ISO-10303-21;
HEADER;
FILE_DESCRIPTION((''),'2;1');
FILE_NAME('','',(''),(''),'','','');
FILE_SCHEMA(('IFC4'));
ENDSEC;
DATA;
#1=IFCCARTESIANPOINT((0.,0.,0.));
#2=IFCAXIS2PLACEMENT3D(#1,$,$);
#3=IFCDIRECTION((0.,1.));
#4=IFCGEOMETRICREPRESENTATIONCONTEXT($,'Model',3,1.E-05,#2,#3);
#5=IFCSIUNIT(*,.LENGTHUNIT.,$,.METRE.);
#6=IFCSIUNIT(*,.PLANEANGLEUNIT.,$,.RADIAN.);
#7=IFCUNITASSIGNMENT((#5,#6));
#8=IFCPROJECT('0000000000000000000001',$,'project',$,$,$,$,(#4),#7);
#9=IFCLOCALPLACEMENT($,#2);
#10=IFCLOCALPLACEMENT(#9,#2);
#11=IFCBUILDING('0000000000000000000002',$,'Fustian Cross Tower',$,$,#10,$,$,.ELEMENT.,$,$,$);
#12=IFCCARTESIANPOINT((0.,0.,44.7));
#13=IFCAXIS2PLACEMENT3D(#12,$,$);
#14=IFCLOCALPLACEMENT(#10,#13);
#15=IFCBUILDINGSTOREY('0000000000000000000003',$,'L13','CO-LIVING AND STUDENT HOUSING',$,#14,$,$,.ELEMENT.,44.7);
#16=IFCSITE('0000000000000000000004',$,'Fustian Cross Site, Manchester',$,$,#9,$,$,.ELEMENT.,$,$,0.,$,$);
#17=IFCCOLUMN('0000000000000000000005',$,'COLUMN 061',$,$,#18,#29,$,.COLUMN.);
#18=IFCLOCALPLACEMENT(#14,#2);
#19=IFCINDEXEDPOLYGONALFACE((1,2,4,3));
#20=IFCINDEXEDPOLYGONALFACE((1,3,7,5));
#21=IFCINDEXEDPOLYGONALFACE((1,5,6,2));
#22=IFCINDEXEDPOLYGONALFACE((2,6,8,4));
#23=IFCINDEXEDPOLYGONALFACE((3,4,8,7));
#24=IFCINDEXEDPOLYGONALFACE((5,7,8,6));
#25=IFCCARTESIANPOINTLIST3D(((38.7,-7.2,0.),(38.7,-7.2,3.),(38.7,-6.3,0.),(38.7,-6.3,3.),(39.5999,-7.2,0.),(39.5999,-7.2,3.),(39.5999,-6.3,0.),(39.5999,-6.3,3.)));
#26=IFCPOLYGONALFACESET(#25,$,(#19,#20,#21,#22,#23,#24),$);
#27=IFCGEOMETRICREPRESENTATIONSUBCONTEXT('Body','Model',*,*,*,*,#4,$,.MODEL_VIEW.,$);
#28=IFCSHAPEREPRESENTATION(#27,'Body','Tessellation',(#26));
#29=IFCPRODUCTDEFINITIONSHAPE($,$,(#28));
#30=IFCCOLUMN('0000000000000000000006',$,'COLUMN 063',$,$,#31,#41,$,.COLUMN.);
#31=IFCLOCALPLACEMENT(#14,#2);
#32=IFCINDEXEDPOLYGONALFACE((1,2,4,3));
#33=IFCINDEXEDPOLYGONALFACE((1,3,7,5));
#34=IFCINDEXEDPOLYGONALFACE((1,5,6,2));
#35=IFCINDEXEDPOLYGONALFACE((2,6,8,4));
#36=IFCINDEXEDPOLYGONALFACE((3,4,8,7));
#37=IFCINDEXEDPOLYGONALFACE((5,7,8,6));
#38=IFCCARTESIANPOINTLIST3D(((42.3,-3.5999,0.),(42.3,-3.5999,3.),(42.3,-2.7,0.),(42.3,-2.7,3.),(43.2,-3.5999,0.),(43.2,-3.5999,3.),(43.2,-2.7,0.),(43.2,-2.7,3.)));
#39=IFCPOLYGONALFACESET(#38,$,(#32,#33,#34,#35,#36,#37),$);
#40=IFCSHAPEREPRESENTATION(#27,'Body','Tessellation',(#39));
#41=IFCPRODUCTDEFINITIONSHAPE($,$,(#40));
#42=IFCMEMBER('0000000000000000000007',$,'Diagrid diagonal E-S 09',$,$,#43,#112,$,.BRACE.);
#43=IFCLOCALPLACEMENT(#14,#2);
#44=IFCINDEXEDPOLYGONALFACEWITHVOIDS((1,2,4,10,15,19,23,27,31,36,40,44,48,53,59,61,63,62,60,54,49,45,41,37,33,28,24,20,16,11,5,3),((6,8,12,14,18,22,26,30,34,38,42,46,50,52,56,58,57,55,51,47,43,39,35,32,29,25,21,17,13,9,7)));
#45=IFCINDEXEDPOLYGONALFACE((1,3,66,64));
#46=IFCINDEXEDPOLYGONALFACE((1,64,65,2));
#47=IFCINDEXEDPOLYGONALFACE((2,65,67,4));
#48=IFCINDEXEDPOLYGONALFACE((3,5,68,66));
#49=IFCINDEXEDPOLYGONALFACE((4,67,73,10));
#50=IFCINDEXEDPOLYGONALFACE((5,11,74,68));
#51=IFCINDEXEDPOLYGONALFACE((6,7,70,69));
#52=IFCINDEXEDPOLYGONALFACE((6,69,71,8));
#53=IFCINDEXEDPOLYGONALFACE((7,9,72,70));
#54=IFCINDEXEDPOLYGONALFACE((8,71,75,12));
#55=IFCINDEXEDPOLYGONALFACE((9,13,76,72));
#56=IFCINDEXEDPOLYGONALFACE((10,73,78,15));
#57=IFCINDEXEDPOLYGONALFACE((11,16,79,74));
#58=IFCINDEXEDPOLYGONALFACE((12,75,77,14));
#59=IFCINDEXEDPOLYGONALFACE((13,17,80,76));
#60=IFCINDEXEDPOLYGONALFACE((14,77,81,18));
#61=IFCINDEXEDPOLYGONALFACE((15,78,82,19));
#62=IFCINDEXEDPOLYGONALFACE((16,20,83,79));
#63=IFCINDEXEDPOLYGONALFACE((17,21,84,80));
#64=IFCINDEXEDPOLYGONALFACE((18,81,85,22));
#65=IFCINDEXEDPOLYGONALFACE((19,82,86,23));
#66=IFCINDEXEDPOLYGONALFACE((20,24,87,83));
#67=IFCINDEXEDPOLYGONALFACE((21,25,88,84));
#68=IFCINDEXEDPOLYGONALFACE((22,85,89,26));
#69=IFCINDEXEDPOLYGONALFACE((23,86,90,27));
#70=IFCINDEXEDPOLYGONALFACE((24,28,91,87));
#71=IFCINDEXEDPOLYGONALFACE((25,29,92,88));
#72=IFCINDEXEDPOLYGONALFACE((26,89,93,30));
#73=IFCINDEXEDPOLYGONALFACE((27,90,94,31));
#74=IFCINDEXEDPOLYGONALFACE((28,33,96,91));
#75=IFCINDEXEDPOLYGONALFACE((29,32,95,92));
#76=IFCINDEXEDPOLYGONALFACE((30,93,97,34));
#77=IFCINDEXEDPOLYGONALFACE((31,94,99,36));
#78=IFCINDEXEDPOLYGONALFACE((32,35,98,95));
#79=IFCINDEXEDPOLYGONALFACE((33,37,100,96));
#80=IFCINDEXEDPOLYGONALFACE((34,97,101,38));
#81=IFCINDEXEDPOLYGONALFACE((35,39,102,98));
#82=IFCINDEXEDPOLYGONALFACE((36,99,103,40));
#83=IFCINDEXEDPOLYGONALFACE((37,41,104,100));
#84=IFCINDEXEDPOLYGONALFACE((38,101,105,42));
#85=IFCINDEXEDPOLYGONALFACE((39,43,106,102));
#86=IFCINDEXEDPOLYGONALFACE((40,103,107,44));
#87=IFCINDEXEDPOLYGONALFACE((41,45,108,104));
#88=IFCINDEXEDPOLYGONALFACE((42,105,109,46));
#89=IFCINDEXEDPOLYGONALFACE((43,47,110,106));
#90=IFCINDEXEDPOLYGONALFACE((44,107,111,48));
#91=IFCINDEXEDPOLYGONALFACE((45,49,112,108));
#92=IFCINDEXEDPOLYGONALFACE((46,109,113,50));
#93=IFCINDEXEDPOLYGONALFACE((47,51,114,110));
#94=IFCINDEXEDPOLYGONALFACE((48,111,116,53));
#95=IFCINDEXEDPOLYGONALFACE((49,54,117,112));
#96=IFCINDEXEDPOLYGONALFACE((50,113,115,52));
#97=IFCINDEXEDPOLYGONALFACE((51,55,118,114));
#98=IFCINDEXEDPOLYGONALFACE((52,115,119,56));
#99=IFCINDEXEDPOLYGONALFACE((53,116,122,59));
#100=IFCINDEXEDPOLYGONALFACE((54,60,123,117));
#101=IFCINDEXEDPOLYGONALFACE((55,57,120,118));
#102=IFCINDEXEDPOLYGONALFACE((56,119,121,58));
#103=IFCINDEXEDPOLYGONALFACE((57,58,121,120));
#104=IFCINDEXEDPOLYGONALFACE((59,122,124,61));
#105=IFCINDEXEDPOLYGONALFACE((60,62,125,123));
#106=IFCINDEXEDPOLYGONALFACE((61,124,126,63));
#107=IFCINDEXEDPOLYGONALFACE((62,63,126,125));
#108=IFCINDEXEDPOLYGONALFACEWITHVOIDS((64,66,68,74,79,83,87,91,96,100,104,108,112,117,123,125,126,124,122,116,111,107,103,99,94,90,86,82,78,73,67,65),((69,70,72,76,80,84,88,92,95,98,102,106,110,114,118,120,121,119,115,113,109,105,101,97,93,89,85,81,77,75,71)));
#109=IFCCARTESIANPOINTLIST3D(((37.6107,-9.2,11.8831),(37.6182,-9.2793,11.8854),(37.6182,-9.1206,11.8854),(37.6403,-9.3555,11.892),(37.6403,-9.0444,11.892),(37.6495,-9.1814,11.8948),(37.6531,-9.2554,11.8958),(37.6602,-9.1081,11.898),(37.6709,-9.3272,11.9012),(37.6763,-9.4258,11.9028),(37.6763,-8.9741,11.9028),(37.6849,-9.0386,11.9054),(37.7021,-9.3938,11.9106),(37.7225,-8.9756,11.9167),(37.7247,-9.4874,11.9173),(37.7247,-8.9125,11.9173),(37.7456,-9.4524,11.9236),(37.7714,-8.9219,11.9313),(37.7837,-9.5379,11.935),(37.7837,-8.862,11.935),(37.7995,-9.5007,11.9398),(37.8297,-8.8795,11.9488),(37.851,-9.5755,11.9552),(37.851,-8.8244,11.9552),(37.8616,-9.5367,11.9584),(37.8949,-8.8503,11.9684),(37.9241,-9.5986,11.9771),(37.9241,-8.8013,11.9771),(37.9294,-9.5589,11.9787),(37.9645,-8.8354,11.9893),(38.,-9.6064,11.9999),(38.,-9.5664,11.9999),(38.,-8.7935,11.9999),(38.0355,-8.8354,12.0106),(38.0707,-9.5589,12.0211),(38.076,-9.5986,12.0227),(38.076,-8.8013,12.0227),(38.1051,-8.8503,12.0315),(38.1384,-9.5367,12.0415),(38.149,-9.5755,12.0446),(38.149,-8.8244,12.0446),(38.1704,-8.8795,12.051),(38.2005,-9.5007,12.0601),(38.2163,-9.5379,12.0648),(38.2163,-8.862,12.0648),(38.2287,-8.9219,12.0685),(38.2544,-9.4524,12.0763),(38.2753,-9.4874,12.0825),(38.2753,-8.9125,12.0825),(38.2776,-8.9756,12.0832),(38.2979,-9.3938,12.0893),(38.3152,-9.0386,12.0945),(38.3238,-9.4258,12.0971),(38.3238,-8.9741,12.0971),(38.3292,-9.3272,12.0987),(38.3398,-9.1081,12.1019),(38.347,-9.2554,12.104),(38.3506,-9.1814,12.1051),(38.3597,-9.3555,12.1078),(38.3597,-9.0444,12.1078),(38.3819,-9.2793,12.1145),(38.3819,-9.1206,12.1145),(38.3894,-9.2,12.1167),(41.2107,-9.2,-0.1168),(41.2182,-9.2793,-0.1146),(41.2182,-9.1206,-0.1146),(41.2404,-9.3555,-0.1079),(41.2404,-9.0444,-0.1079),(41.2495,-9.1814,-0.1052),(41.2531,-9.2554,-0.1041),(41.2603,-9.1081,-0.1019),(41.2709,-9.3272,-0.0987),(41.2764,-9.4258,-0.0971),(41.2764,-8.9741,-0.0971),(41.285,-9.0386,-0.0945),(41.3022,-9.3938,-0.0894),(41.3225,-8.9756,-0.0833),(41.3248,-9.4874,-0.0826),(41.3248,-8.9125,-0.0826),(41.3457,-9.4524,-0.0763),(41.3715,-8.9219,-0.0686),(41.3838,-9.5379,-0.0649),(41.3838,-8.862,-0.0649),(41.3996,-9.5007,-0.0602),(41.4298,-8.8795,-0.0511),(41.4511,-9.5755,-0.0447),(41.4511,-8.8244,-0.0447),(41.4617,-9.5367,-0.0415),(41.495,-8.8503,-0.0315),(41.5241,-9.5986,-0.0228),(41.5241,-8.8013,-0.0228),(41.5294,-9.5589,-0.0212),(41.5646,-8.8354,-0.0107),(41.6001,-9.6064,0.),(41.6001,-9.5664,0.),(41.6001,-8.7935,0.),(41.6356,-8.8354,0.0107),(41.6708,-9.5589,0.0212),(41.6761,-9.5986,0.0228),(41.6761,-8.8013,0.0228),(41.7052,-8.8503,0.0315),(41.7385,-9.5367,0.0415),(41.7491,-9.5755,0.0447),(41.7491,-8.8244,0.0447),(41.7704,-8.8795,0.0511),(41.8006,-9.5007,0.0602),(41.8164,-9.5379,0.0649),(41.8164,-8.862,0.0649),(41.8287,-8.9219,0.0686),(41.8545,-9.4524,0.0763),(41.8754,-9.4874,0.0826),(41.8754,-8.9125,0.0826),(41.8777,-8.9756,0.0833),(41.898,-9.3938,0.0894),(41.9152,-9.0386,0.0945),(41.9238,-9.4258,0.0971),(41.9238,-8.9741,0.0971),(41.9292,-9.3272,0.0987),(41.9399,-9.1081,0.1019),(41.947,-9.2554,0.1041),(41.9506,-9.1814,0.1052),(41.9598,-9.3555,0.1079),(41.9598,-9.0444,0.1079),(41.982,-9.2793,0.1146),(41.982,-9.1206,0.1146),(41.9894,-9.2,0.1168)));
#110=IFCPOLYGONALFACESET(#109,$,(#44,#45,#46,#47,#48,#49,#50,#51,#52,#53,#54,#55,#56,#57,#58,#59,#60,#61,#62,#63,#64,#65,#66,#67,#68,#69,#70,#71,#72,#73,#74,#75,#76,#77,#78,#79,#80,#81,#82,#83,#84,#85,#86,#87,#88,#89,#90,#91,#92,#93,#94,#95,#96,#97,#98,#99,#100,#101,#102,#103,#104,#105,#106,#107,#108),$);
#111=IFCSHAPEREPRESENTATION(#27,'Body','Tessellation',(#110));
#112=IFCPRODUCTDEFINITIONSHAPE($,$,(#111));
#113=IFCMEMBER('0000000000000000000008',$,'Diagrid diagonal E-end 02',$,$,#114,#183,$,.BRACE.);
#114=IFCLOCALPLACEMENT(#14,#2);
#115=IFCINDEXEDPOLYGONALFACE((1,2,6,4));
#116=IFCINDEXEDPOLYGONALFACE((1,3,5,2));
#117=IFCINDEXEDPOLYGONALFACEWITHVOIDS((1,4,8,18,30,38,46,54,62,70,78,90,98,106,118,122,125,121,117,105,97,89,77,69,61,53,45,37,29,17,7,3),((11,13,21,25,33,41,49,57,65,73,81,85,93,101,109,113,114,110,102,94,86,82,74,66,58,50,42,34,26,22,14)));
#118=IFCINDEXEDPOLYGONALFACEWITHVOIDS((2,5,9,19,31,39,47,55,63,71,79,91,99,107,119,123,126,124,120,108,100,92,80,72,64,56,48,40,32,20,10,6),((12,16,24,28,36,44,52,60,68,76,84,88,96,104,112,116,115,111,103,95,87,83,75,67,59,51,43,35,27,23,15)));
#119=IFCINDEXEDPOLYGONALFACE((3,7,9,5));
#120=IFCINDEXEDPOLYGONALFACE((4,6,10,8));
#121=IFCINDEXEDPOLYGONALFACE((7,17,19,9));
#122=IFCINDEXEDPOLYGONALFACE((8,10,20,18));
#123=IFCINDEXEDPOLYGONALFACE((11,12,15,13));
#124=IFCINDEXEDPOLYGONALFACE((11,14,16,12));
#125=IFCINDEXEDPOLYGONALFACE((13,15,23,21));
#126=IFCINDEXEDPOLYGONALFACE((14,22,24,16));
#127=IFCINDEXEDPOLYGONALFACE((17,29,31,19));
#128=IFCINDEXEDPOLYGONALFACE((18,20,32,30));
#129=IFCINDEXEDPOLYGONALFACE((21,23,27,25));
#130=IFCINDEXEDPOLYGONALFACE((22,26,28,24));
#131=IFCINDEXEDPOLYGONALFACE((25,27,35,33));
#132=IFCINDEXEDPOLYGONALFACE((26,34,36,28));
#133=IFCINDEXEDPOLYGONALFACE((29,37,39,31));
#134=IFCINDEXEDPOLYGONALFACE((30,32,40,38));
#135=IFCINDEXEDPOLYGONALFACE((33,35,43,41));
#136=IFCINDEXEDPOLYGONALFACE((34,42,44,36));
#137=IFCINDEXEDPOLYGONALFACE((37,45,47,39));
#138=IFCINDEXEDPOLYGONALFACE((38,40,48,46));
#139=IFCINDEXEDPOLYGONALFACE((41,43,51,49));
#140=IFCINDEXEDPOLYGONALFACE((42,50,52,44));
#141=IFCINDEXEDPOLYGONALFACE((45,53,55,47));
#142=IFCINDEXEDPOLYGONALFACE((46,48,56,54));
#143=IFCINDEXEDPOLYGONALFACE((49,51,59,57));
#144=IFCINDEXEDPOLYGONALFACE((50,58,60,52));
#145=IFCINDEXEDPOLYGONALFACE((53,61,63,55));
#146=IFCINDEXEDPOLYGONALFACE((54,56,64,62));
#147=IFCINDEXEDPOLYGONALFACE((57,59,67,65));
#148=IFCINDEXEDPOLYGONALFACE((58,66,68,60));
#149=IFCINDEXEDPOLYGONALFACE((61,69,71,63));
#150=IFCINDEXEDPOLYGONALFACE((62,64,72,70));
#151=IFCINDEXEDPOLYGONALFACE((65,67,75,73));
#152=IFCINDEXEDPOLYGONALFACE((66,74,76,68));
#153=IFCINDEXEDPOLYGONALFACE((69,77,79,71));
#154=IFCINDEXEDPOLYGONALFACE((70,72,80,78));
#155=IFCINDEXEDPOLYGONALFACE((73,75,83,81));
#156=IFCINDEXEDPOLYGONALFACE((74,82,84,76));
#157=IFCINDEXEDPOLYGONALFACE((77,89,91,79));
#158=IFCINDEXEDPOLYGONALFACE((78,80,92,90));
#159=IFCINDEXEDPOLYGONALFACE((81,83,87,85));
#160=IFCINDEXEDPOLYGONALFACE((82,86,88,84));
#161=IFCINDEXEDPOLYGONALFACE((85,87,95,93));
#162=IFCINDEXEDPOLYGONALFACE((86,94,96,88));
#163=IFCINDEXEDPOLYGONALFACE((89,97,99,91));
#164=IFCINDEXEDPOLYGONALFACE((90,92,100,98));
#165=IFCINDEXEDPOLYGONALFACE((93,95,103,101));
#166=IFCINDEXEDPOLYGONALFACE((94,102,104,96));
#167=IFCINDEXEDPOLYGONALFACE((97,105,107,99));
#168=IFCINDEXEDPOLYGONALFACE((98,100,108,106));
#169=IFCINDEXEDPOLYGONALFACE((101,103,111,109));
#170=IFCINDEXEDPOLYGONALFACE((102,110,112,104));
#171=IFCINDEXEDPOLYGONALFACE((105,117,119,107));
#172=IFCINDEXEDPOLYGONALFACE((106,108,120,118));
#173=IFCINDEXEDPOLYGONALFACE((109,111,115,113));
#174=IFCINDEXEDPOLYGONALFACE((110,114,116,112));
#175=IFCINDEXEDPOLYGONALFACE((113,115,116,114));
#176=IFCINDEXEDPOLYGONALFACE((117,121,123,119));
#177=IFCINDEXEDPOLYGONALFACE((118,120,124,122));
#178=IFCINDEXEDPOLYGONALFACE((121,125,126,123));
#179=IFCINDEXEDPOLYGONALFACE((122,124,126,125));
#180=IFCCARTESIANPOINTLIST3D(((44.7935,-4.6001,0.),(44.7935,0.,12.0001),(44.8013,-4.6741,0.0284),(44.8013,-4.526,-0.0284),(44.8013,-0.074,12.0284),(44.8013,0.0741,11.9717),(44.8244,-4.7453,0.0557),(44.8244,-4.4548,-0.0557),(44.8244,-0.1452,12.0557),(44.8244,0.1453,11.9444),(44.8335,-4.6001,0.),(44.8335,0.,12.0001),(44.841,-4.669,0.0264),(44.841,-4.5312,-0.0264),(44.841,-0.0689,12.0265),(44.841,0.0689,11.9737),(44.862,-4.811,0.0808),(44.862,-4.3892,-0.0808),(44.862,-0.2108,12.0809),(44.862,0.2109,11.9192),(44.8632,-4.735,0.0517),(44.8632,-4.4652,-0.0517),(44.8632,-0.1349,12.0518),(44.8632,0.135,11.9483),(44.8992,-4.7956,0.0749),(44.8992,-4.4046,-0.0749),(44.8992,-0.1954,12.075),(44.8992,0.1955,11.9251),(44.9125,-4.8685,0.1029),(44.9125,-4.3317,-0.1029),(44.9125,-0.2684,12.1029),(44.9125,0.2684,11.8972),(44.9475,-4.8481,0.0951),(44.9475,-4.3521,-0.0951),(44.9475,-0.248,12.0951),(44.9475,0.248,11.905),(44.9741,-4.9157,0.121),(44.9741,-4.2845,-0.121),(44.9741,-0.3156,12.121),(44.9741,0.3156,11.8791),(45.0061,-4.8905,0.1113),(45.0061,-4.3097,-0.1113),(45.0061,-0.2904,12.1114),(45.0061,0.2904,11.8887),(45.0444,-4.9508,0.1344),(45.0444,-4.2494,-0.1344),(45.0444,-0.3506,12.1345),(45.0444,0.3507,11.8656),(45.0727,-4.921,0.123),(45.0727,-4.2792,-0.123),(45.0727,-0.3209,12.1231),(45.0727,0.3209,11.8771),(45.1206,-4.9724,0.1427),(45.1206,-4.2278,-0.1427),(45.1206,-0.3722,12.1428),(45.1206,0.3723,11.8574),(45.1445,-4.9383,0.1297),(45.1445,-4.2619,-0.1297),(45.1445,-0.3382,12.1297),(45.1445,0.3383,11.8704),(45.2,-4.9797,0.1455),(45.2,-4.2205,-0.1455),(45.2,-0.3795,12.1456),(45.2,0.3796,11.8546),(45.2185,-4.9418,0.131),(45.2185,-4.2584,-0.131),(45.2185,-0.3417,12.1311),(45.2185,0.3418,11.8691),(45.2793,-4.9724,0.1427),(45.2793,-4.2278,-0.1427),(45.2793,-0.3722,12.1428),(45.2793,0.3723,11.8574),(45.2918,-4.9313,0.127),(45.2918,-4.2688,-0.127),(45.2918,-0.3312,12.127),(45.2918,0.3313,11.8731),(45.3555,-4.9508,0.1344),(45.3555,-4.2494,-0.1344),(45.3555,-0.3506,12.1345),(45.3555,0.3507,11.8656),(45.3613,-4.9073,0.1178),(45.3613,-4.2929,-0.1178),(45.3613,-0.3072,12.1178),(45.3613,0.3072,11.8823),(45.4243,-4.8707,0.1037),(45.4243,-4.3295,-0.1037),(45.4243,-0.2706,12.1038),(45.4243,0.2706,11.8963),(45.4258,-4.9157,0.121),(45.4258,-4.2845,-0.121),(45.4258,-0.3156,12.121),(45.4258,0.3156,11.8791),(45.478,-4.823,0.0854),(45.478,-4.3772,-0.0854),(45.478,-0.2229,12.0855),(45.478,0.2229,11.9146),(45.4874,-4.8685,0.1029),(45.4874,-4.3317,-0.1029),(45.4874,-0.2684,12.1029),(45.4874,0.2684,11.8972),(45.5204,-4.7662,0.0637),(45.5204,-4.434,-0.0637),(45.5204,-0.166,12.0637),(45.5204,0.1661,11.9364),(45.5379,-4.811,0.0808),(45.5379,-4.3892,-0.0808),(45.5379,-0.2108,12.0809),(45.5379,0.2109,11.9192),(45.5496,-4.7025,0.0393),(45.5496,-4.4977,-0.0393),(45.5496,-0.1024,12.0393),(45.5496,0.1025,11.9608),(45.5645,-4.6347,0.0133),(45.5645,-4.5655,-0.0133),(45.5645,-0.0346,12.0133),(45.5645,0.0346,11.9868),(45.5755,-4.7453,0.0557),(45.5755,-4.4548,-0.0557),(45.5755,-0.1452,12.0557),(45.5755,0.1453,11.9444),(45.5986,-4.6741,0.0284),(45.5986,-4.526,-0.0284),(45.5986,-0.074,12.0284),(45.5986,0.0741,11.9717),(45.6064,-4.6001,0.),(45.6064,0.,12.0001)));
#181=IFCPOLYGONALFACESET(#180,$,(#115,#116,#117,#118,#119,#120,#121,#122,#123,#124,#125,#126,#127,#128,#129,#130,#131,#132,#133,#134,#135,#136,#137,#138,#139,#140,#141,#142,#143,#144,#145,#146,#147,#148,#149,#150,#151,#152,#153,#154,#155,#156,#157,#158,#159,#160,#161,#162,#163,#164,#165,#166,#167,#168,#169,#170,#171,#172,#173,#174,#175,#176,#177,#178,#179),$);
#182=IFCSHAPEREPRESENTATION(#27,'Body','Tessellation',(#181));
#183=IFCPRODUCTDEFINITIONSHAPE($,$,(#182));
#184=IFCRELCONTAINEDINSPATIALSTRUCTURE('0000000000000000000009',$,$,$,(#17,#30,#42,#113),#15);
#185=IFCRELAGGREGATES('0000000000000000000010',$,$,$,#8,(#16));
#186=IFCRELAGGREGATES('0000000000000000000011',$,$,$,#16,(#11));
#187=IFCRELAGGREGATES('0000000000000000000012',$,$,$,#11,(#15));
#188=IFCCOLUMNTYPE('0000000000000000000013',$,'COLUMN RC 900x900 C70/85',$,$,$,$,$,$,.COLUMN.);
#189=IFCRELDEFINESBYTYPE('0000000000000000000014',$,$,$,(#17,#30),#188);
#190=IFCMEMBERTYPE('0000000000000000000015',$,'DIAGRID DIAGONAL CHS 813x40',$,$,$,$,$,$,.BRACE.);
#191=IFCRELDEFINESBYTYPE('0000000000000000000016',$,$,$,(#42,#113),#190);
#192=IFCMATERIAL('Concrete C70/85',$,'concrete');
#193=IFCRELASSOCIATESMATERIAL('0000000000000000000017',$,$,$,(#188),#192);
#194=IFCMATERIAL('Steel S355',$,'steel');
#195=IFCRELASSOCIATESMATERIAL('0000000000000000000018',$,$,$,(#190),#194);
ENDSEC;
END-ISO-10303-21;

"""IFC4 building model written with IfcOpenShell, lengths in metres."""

from ifc_helpers import new_model, si_unit, direction, frame, origin, origin_2d, place, context, subcontext, project, spatial, rectangle, hollow_circle, extrude, material, material_profile, profile_set, type_object, element, save


model = new_model("IFC4")

# Units and contexts
model_context = context("Model", 3, precision=1e-05, world=origin(), true_north=direction((0.0, 1.0)))
body_context = subcontext(model_context, "Body", "Model", "MODEL_VIEW")
ifc_project = project(units=[si_unit("LENGTHUNIT", "METRE"), si_unit("PLANEANGLEUNIT", "RADIAN")], contexts=[model_context])

# Site, building, storey
site_placement = place(None, origin())
site = spatial("IfcSite", under=ifc_project, at=site_placement, Name="Fustian Cross Site, Manchester", CompositionType="ELEMENT", RefElevation=0.0)
building_placement = place(site_placement, origin())
building = spatial("IfcBuilding", under=site, at=building_placement, Name="Fustian Cross Tower", CompositionType="ELEMENT")
storey_placement = place(building_placement, frame((0.0, 0.0, 44.7)))
storey = spatial("IfcBuildingStorey", under=building, at=storey_placement, Name="L13", Description="CO-LIVING AND STUDENT HOUSING", CompositionType="ELEMENT", Elevation=44.7)

# Columns
ifc_material_1 = material(Name="Concrete C70/85", Category="concrete")
ifc_material_profile_1 = material_profile(ifc_material_1, rectangle(XDim=0.8999, YDim=0.8999, at=origin_2d()), Name="RC 900x900")
ifc_profile_set_1 = profile_set([ifc_material_profile_1], Name="Concrete C70/85")
column_type = type_object("IfcColumnType", Name="COLUMN RC 900x900 C70/85", PredefinedType="COLUMN", material=ifc_profile_set_1)
for number, where, z_axis, x_axis, name in (
    (1, (39.1499, -6.75, 0.0), (0.0, 0.0, 1.0), (1.0, 0.0, 0.0), "COLUMN 061"),
    (2, (42.75, -3.1499, 0.0), (0.0, 0.0, 1.0), (1.0, 0.0, 0.0), "COLUMN 063"),
):
    element("IfcColumn", number, at=place(storey_placement, frame(where, z_axis=z_axis, x_axis=x_axis)), inside=storey, type_object=column_type, Name=name, PredefinedType="COLUMN", context=body_context, shape_type="SweptSolid", body=[
        extrude(rectangle(XDim=0.8999, YDim=0.8999, at=origin_2d()), origin(), (0.0, 0.0, 1.0), 3.0),
    ])

# Members
ifc_material_2 = material(Name="Steel S355", Category="steel")
ifc_material_profile_2 = material_profile(ifc_material_2, hollow_circle(Radius=0.4065, WallThickness=0.04, at=origin_2d()), Name="CHS 813x40")
ifc_profile_set_2 = profile_set([ifc_material_profile_2], Name="Steel S355")
member_type_1 = type_object("IfcMemberType", Name="DIAGRID DIAGONAL CHS 813x40", PredefinedType="BRACE", material=ifc_profile_set_2)
member_1_placement = place(storey_placement, frame((41.6001, -9.2, 0.0), z_axis=(-0.287355, 0.0, 0.957824), x_axis=(0.0, -1.0, 0.0)))
element("IfcMember", 3, at=member_1_placement, inside=storey, type_object=member_type_1, Name="Diagrid diagonal E-S 09", PredefinedType="BRACE", context=body_context, shape_type="SweptSolid", body=[
    extrude(hollow_circle(Radius=0.4065, WallThickness=0.04, at=origin_2d()), origin(), (0.0, 0.0, 1.0), 12.5283),
])
member_2_placement = place(storey_placement, frame((45.2, -4.6001, 0.0), z_axis=(0.0, 0.357943, 0.933744), x_axis=(-1.0, 0.0, 0.0)))
element("IfcMember", 4, at=member_2_placement, inside=storey, type_object=member_type_1, Name="Diagrid diagonal E-end 02", PredefinedType="BRACE", context=body_context, shape_type="SweptSolid", body=[
    extrude(hollow_circle(Radius=0.4065, WallThickness=0.04, at=origin_2d()), origin(), (0.0, 0.0, 1.0), 12.8516),
])

save(model, "model.ifc")
